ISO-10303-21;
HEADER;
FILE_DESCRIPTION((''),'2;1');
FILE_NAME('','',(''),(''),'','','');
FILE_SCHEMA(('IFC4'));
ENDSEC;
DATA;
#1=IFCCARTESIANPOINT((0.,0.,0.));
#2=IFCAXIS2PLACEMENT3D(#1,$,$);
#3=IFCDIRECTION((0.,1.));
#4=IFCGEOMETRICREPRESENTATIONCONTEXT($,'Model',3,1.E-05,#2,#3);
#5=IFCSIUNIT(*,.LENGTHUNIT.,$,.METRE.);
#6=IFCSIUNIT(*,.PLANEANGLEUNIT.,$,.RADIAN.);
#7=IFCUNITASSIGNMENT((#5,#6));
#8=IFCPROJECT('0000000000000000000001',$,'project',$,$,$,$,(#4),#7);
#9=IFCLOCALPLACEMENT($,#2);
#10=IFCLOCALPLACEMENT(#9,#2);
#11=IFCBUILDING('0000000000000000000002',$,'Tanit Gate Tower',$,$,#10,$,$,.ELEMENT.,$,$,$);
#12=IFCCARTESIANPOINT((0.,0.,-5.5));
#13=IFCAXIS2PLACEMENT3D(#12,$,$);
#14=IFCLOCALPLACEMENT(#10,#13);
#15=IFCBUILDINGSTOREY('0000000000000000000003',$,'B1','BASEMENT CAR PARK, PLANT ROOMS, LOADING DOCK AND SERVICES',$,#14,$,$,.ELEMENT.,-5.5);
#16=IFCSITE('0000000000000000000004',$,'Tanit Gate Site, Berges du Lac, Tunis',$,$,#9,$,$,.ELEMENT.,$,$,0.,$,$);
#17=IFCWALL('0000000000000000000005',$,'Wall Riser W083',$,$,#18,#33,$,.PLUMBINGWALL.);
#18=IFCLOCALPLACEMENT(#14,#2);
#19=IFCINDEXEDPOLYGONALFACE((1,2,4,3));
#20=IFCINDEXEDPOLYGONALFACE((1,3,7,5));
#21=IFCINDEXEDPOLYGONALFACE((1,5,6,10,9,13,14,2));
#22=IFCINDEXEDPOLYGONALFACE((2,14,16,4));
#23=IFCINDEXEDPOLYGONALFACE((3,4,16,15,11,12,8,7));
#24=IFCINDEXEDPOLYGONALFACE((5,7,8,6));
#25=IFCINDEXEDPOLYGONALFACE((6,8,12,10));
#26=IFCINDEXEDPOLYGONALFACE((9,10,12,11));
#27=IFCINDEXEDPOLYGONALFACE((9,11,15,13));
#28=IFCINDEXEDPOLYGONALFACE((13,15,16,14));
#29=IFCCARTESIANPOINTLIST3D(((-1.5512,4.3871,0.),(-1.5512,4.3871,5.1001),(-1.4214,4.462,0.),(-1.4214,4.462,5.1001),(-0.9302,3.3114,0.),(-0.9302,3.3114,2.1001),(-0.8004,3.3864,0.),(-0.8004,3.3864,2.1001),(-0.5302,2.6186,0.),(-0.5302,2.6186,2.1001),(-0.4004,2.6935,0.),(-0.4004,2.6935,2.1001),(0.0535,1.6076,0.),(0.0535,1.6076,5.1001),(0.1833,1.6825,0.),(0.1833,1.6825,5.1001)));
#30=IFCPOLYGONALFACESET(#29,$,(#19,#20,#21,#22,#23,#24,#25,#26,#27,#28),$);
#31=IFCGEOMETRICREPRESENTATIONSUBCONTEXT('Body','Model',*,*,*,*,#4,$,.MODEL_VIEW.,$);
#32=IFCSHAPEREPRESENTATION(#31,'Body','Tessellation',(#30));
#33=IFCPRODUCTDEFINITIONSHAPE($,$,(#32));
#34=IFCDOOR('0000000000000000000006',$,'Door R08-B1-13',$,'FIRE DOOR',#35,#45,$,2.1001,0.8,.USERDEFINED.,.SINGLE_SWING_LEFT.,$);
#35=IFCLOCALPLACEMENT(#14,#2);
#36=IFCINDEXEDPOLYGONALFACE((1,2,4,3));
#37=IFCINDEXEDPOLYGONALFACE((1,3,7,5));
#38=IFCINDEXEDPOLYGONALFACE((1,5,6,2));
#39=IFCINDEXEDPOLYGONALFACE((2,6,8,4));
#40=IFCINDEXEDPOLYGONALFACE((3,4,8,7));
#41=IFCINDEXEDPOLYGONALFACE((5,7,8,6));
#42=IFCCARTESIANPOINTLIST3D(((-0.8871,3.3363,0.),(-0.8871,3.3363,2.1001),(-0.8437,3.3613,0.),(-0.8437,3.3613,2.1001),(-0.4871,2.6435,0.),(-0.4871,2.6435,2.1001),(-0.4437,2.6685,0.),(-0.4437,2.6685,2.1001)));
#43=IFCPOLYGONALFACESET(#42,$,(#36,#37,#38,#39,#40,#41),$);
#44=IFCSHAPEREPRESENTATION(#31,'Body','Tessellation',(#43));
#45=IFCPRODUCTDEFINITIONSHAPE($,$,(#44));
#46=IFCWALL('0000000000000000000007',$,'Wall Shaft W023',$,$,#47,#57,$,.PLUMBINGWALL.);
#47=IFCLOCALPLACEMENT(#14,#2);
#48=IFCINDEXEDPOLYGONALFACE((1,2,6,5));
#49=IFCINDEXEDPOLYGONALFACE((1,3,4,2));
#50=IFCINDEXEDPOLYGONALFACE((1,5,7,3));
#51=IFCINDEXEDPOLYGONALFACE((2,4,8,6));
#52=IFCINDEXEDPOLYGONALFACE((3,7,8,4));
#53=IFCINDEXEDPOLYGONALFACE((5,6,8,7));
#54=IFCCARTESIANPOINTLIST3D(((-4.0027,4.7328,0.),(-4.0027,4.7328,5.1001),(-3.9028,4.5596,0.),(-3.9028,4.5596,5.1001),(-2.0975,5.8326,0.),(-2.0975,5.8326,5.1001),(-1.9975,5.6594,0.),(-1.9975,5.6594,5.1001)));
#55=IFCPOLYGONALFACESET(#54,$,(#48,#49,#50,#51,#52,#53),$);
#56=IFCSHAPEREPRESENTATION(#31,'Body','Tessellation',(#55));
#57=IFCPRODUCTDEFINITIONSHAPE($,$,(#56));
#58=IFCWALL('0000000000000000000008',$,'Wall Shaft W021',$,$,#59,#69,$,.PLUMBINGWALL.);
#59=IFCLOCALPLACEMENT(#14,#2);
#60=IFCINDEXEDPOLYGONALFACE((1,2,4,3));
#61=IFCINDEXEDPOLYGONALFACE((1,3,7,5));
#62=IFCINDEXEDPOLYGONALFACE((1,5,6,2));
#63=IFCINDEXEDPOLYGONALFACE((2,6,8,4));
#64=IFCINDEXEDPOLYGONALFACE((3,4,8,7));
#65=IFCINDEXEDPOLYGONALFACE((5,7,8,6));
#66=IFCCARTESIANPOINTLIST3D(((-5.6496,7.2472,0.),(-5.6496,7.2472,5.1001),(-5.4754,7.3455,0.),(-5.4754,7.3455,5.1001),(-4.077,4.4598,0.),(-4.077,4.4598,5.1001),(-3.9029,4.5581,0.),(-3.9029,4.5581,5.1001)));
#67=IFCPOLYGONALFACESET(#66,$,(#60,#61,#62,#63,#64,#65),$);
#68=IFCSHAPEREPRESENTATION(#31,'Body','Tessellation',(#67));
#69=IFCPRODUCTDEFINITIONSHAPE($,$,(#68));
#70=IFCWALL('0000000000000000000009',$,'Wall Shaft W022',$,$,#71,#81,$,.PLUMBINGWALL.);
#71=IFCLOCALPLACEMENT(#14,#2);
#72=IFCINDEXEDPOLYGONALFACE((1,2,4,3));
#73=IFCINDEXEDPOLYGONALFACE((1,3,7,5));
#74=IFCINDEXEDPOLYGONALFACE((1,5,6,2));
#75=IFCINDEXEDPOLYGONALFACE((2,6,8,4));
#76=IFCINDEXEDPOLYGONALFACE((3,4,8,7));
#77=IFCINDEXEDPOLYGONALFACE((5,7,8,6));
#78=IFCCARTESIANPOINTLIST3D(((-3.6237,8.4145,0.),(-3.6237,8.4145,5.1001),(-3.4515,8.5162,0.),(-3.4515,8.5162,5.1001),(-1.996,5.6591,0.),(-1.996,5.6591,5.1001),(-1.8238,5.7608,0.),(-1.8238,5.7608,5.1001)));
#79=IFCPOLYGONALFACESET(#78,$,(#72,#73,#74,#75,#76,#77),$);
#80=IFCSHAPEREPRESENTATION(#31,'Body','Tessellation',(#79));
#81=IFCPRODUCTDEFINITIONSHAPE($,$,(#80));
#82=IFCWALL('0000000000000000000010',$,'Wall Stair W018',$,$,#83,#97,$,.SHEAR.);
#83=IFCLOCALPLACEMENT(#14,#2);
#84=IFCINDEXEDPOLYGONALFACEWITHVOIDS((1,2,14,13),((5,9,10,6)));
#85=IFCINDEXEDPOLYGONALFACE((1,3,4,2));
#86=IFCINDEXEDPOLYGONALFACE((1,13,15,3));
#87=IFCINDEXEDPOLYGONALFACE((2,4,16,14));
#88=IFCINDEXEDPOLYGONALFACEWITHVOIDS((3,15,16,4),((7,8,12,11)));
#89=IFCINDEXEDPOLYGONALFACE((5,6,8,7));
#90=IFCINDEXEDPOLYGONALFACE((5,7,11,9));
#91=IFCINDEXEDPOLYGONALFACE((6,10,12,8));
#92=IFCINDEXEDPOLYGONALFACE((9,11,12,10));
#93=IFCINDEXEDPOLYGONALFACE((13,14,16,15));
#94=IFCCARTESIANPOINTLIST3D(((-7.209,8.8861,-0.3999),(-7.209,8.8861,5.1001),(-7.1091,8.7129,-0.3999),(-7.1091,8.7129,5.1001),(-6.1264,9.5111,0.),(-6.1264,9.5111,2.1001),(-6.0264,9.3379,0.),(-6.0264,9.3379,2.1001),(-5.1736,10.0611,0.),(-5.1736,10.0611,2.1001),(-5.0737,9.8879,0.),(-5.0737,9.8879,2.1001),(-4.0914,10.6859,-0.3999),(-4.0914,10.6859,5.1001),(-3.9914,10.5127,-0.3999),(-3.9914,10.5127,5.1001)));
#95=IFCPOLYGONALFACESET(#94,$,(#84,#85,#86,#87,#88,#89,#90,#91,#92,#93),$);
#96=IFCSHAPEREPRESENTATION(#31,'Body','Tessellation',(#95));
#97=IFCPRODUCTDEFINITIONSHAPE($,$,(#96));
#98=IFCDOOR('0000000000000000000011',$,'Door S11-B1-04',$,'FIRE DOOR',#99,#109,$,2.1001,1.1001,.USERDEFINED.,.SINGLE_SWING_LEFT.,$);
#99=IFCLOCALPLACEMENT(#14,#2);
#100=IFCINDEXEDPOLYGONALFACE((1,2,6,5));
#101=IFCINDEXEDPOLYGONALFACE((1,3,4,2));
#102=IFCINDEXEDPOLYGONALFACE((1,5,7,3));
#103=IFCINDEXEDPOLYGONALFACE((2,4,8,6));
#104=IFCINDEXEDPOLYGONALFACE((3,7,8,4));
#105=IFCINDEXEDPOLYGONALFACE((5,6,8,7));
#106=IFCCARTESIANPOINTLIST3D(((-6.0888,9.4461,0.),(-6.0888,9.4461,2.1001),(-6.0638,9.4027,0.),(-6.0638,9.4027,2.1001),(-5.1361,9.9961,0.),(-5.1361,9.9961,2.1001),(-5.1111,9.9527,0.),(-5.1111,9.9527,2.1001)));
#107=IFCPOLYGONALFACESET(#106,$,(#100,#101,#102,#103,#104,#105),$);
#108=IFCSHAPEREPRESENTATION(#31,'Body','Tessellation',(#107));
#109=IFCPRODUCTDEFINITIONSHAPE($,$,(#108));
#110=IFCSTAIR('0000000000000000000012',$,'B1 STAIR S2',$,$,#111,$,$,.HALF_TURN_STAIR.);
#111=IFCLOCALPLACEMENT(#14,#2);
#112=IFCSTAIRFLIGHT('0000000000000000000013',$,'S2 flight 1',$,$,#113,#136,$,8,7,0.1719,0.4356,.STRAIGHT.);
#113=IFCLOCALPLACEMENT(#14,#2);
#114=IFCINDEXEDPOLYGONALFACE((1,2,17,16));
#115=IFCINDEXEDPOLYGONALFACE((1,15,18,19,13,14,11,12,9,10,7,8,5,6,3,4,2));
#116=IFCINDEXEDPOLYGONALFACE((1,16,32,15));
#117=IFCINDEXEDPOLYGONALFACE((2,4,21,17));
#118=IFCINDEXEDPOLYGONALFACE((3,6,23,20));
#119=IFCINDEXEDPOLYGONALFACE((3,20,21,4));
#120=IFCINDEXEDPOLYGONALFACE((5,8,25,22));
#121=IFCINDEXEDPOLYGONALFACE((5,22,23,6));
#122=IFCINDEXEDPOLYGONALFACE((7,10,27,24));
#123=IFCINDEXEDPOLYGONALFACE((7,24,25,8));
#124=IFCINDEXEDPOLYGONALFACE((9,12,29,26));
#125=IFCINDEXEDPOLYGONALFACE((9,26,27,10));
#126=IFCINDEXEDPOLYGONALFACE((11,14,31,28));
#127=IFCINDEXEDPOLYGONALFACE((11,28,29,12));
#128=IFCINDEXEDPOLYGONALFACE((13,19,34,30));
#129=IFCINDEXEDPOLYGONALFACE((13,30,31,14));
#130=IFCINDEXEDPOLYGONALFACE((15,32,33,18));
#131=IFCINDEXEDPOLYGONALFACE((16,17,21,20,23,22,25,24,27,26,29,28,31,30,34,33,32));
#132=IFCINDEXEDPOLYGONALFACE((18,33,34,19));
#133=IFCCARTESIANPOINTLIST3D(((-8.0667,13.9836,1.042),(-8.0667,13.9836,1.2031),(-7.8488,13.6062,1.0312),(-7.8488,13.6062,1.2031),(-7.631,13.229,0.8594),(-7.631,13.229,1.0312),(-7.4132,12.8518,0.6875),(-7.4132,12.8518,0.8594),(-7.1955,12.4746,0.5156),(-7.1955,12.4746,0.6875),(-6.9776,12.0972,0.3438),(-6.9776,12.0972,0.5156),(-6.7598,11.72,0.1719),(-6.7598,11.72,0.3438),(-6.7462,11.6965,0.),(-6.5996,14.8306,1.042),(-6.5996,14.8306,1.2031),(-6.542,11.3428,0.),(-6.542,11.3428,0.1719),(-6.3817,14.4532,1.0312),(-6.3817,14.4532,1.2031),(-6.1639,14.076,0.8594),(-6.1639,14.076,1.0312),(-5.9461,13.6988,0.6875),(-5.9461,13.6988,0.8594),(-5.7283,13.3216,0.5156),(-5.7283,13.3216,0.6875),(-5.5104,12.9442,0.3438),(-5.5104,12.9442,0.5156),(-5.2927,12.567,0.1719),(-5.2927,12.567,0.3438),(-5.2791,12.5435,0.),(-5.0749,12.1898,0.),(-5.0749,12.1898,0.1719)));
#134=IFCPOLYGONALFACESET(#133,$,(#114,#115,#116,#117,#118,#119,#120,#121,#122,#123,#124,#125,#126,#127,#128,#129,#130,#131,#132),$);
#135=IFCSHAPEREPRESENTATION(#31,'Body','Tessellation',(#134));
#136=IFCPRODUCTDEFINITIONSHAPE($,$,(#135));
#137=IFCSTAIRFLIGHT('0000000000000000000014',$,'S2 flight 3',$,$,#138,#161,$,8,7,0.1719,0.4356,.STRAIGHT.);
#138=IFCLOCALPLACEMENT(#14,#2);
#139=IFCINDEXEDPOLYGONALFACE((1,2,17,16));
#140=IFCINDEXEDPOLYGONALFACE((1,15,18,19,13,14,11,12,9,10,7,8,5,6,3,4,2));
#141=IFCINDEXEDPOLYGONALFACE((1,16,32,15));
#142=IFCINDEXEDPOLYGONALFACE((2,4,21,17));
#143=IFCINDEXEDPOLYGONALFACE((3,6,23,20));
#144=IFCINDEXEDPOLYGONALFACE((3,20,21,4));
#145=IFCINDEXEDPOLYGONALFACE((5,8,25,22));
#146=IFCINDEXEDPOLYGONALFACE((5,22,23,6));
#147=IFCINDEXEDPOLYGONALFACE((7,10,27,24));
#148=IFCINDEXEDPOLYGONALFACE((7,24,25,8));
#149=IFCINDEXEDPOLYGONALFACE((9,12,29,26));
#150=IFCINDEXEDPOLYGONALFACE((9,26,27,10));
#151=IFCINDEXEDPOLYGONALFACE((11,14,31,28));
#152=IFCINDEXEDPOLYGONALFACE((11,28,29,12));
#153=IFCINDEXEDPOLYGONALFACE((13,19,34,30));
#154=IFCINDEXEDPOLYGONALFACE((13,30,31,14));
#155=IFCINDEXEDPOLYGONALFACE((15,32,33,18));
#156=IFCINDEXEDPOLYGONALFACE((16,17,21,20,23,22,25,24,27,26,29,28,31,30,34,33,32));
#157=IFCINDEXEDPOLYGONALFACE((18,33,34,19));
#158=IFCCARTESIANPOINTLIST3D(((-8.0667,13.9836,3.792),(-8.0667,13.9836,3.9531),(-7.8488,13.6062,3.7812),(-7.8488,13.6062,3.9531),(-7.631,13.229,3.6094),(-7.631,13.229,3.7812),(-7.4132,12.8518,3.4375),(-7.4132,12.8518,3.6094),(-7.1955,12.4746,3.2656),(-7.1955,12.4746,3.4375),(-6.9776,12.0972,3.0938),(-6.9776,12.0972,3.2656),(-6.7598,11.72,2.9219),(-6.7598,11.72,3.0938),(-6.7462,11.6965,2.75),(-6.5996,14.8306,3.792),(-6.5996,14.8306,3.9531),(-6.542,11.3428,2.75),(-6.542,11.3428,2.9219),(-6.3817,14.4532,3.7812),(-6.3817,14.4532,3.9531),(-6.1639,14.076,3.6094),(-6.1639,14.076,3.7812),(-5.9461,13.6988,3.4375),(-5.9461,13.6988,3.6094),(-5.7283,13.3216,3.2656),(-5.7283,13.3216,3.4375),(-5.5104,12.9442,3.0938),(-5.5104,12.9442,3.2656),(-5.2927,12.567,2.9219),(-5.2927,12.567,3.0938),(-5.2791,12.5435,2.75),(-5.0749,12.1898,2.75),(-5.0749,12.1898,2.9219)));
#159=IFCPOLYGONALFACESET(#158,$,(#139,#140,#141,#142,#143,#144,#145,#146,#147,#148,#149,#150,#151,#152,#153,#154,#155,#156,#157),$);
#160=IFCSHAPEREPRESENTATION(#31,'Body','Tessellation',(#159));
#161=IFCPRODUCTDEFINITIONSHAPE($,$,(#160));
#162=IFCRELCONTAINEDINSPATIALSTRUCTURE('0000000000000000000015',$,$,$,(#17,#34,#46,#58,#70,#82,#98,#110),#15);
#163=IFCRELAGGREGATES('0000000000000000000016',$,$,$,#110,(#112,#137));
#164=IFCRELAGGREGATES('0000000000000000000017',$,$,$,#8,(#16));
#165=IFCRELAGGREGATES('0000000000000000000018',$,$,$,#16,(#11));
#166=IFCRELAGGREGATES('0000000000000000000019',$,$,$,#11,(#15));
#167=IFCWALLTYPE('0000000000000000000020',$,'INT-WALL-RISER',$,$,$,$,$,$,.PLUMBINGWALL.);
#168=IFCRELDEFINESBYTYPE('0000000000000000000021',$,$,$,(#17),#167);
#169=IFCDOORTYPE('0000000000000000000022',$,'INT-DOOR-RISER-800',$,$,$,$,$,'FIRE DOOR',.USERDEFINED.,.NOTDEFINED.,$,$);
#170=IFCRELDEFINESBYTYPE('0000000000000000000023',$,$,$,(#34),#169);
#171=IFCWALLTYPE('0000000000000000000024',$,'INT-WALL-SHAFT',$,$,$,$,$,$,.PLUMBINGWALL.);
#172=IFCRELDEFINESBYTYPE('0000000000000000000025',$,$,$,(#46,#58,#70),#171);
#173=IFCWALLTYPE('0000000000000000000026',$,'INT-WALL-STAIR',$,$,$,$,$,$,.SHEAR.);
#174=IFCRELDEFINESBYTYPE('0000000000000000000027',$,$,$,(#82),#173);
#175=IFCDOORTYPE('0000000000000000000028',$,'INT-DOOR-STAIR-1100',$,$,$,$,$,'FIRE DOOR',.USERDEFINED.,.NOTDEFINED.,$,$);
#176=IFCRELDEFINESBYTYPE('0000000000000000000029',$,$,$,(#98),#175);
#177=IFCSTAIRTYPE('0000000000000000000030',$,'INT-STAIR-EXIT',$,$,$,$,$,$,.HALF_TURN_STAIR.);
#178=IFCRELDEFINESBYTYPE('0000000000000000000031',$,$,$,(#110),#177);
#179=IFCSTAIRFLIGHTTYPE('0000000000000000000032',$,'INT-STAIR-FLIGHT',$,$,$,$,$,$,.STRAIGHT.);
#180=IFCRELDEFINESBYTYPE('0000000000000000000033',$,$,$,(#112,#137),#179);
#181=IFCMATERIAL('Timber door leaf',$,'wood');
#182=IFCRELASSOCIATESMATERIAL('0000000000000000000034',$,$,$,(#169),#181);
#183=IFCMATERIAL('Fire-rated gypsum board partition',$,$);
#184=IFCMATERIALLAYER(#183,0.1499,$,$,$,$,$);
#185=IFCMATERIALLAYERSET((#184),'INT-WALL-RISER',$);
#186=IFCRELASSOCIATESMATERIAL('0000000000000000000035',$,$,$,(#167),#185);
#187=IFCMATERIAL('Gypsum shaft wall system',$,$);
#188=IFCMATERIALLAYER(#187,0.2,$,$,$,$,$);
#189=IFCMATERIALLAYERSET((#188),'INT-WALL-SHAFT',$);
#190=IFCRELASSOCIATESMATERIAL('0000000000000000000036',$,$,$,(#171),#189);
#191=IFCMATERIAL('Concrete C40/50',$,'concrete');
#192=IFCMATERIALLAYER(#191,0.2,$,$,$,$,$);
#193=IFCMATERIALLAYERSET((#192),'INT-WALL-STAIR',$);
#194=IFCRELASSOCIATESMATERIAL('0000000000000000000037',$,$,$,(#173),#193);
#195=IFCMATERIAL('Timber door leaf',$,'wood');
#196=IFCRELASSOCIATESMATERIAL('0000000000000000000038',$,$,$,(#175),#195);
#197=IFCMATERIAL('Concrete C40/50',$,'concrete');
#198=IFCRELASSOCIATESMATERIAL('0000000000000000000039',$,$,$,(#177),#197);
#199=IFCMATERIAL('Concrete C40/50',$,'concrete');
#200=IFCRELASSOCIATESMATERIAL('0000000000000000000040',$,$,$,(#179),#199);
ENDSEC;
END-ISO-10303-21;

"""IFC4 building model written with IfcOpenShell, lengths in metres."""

from ifc_helpers import new_model, si_unit, direction, frame, frame_2d, origin, place, context, subcontext, project, spatial, polyline, rectangle, outline, extrude, material, layer, layer_set, type_object, element, fill, aggregate, save


model = new_model("IFC4")

# Units and contexts
model_context = context("Model", 3, precision=1e-05, world=origin(), true_north=direction((0.0, 1.0)))
body_context = subcontext(model_context, "Body", "Model", "MODEL_VIEW")
ifc_project = project(units=[si_unit("LENGTHUNIT", "METRE"), si_unit("PLANEANGLEUNIT", "RADIAN")], contexts=[model_context])

# Site, building, storey
site_placement = place(None, origin())
site = spatial("IfcSite", under=ifc_project, at=site_placement, Name="Tanit Gate Site, Berges du Lac, Tunis", CompositionType="ELEMENT", RefElevation=0.0)
building_placement = place(site_placement, origin())
building = spatial("IfcBuilding", under=site, at=building_placement, Name="Tanit Gate Tower", CompositionType="ELEMENT")
storey_placement = place(building_placement, frame((0.0, 0.0, -5.5)))
storey = spatial("IfcBuildingStorey", under=building, at=storey_placement, Name="B1", Description="BASEMENT CAR PARK, PLANT ROOMS, LOADING DOCK AND SERVICES", CompositionType="ELEMENT", Elevation=-5.5)

# Shared definitions
ifc_material_1 = material(Name="Timber door leaf", Category="wood")
door_type_1 = type_object("IfcDoorType", Name="INT-DOOR-RISER-800", ElementType="FIRE DOOR", OperationType="NOTDEFINED", PredefinedType="USERDEFINED", material=ifc_material_1)

# Shared definitions
ifc_material_2 = material(Name="Fire-rated gypsum board partition")
ifc_layer_1 = layer(ifc_material_2, 0.1499)
ifc_layer_set_1 = layer_set([ifc_layer_1], Name="INT-WALL-RISER")
wall_type_1 = type_object("IfcWallType", Name="INT-WALL-RISER", PredefinedType="PLUMBINGWALL", material=ifc_layer_set_1)

# Wall, opening, door
wall_1_placement = place(storey_placement, frame((-1.4863, 4.4246, 0.0), z_axis=(0.0, 0.0, 1.0), x_axis=(0.499992, -0.86603, 0.0)))
wall_1 = element("IfcWall", 1, at=wall_1_placement, inside=storey, type_object=wall_type_1, Name="Wall Riser W083", PredefinedType="PLUMBINGWALL", context=body_context, shape_type="SweptSolid", body=[
    extrude(rectangle(XDim=3.2095, YDim=0.1499, at=frame_2d((1.6047, 0.0))), origin(), (0.0, 0.0, 1.0), 5.1001),
])
opening_1_placement = place(wall_1_placement, frame((1.2422, 0.0, 0.0)))
opening_1 = element("IfcOpeningElement", 2, at=opening_1_placement, cuts=wall_1, PredefinedType="OPENING", context=body_context, shape_type="SweptSolid", body=[
    extrude(rectangle(XDim=0.8, YDim=2.1001, at=frame_2d((0.3999, 1.05))), frame((0.0, 0.085, 0.0), z_axis=(0.0, -1.0, 0.0), x_axis=(1.0, 0.0, 0.0)), (0.0, 0.0, 1.0), 0.1699),
])
door_1_placement = place(opening_1_placement, origin())
door_1 = element("IfcDoor", 3, at=door_1_placement, inside=storey, type_object=door_type_1, Name="Door R08-B1-13", ObjectType="FIRE DOOR", OperationType="SINGLE_SWING_LEFT", OverallHeight=2.1001, OverallWidth=0.8, PredefinedType="USERDEFINED", context=body_context, shape_type="SweptSolid", body=[
    extrude(rectangle(XDim=0.8, YDim=2.1001, at=frame_2d((0.3999, 1.05))), frame((0.0, 0.0249, 0.0), z_axis=(0.0, -1.0, 0.0), x_axis=(1.0, 0.0, 0.0)), (0.0, 0.0, 1.0), 0.05),
])
fill(opening_1, door_1)
ifc_material_3 = material(Name="Gypsum shaft wall system")
ifc_layer_2 = layer(ifc_material_3, 0.2)
ifc_layer_set_2 = layer_set([ifc_layer_2], Name="INT-WALL-SHAFT")
wall_type_2 = type_object("IfcWallType", Name="INT-WALL-SHAFT", PredefinedType="PLUMBINGWALL", material=ifc_layer_set_2)

# Walls
wall_2_placement = place(storey_placement, frame((-2.0474, 5.7461, 0.0), z_axis=(0.0, 0.0, 1.0), x_axis=(-0.866056, -0.499947, 0.0)))
element("IfcWall", 4, at=wall_2_placement, inside=storey, type_object=wall_type_2, Name="Wall Shaft W023", PredefinedType="PLUMBINGWALL", context=body_context, shape_type="SweptSolid", body=[
    extrude(rectangle(XDim=2.2, YDim=0.2, at=frame_2d((1.1001, 0.0))), origin(), (0.0, 0.0, 1.0), 5.1001),
])
wall_3_placement = place(storey_placement, frame((-3.99, 4.509, 0.0), z_axis=(0.0, 0.0, 1.0), x_axis=(-0.491358, 0.870958, 0.0)))
element("IfcWall", 5, at=wall_3_placement, inside=storey, type_object=wall_type_2, Name="Wall Shaft W021", PredefinedType="PLUMBINGWALL", context=body_context, shape_type="SweptSolid", body=[
    extrude(rectangle(XDim=3.2004, YDim=0.2, at=frame_2d((1.6001, 0.0))), origin(), (0.0, 0.0, 1.0), 5.1001),
])
wall_4_placement = place(storey_placement, frame((-3.5376, 8.4653, 0.0), z_axis=(0.0, 0.0, 1.0), x_axis=(0.508616, -0.860993, 0.0)))
element("IfcWall", 6, at=wall_4_placement, inside=storey, type_object=wall_type_2, Name="Wall Shaft W022", PredefinedType="PLUMBINGWALL", context=body_context, shape_type="SweptSolid", body=[
    extrude(rectangle(XDim=3.2002, YDim=0.2, at=frame_2d((1.6001, 0.0))), origin(), (0.0, 0.0, 1.0), 5.1001),
])

# Wall, opening, door
ifc_material_4 = material(Name="Concrete C40/50", Category="concrete")
ifc_layer_3 = layer(ifc_material_4, 0.2)
ifc_layer_set_3 = layer_set([ifc_layer_3], Name="INT-WALL-STAIR")
wall_type_3 = type_object("IfcWallType", Name="INT-WALL-STAIR", PredefinedType="SHEAR", material=ifc_layer_set_3)
wall_5_placement = place(storey_placement, frame((-7.1589, 8.7996, -0.3999), z_axis=(0.0, 0.0, 1.0), x_axis=(0.866048, 0.499961, 0.0)))
wall_5 = element("IfcWall", 7, at=wall_5_placement, inside=storey, type_object=wall_type_3, Name="Wall Stair W018", PredefinedType="SHEAR", context=body_context, shape_type="SweptSolid", body=[
    extrude(rectangle(XDim=3.5999, YDim=0.2, at=frame_2d((1.7998, 0.0))), origin(), (0.0, 0.0, 1.0), 5.5),
])
opening_2_placement = place(wall_5_placement, frame((1.25, 0.0, 0.3999)))
opening_2 = element("IfcOpeningElement", 8, at=opening_2_placement, cuts=wall_5, PredefinedType="OPENING", context=body_context, shape_type="SweptSolid", body=[
    extrude(rectangle(XDim=1.1001, YDim=2.1001, at=frame_2d((0.55, 1.05))), frame((0.0, 0.1099, 0.0), z_axis=(0.0, -1.0, 0.0), x_axis=(1.0, 0.0, 0.0)), (0.0, 0.0, 1.0), 0.22),
])
ifc_material_5 = material(Name="Timber door leaf", Category="wood")
door_type_2 = type_object("IfcDoorType", Name="INT-DOOR-STAIR-1100", ElementType="FIRE DOOR", OperationType="NOTDEFINED", PredefinedType="USERDEFINED", material=ifc_material_5)
door_2_placement = place(opening_2_placement, origin())
door_2 = element("IfcDoor", 9, at=door_2_placement, inside=storey, type_object=door_type_2, Name="Door S11-B1-04", ObjectType="FIRE DOOR", OperationType="SINGLE_SWING_LEFT", OverallHeight=2.1001, OverallWidth=1.1001, PredefinedType="USERDEFINED", context=body_context, shape_type="SweptSolid", body=[
    extrude(rectangle(XDim=1.1001, YDim=2.1001, at=frame_2d((0.55, 1.05))), frame((0.0, 0.0249, 0.0), z_axis=(0.0, -1.0, 0.0), x_axis=(1.0, 0.0, 0.0)), (0.0, 0.0, 1.0), 0.05),
])
fill(opening_2, door_2)

# Stair, stair flights
ifc_material_6 = material(Name="Concrete C40/50", Category="concrete")
stair_type = type_object("IfcStairType", Name="INT-STAIR-EXIT", PredefinedType="HALF_TURN_STAIR", material=ifc_material_6)
stair_placement = place(storey_placement, origin())
stair = element("IfcStair", 10, at=stair_placement, inside=storey, type_object=stair_type, Name="B1 STAIR S2", PredefinedType="HALF_TURN_STAIR")
ifc_material_7 = material(Name="Concrete C40/50", Category="concrete")
stair_flight_type = type_object("IfcStairFlightType", Name="INT-STAIR-FLIGHT", PredefinedType="STRAIGHT", material=ifc_material_7)
stair_flight_1_placement = place(storey_placement, frame((-5.8083, 11.7664, 0.0), z_axis=(0.0, 0.0, 1.0), x_axis=(-0.5, 0.866025, 0.0)))
stair_flight_1 = element("IfcStairFlight", 11, at=stair_flight_1_placement, type_object=stair_flight_type, Name="S2 flight 1", NumberOfRisers=8, NumberOfTreads=7, PredefinedType="STRAIGHT", RiserHeight=0.1719, TreadLength=0.4356, context=body_context, shape_type="SweptSolid", body=[
    extrude(outline(polyline([(0.0, 0.0), (0.0, 0.1719), (0.4355, 0.1719), (0.4355, 0.3438), (0.8711, 0.3438), (0.8711, 0.5156), (1.3069, 0.5156), (1.3069, 0.6875), (1.7424, 0.6875), (1.7424, 0.8594), (2.178, 0.8594), (2.178, 1.0312), (2.6135, 1.0312), (2.6135, 1.2031), (3.0493, 1.2031), (3.0493, 1.375), (3.0493, 1.042), (0.4084, 0.0), (0.0, 0.0)])), frame((0.0, 0.8472, 0.0), z_axis=(0.0, -1.0, 0.0), x_axis=(1.0, 0.0, 0.0)), (0.0, 0.0, 1.0), 1.6941),
])
stair_flight_2_placement = place(storey_placement, frame((-5.8083, 11.7664, 2.75), z_axis=(0.0, 0.0, 1.0), x_axis=(-0.5, 0.866025, 0.0)))
stair_flight_2 = element("IfcStairFlight", 12, at=stair_flight_2_placement, type_object=stair_flight_type, Name="S2 flight 3", NumberOfRisers=8, NumberOfTreads=7, PredefinedType="STRAIGHT", RiserHeight=0.1719, TreadLength=0.4356, context=body_context, shape_type="SweptSolid", body=[
    extrude(outline(polyline([(0.0, 0.0), (0.0, 0.1719), (0.4355, 0.1719), (0.4355, 0.3438), (0.8711, 0.3438), (0.8711, 0.5156), (1.3069, 0.5156), (1.3069, 0.6875), (1.7424, 0.6875), (1.7424, 0.8594), (2.178, 0.8594), (2.178, 1.0312), (2.6135, 1.0312), (2.6135, 1.2031), (3.0493, 1.2031), (3.0493, 1.375), (3.0493, 1.042), (0.4084, 0.0), (0.0, 0.0)])), frame((0.0, 0.8472, 0.0), z_axis=(0.0, -1.0, 0.0), x_axis=(1.0, 0.0, 0.0)), (0.0, 0.0, 1.0), 1.6941),
])
aggregate(stair, [stair_flight_1, stair_flight_2])

save(model, "model.ifc")
